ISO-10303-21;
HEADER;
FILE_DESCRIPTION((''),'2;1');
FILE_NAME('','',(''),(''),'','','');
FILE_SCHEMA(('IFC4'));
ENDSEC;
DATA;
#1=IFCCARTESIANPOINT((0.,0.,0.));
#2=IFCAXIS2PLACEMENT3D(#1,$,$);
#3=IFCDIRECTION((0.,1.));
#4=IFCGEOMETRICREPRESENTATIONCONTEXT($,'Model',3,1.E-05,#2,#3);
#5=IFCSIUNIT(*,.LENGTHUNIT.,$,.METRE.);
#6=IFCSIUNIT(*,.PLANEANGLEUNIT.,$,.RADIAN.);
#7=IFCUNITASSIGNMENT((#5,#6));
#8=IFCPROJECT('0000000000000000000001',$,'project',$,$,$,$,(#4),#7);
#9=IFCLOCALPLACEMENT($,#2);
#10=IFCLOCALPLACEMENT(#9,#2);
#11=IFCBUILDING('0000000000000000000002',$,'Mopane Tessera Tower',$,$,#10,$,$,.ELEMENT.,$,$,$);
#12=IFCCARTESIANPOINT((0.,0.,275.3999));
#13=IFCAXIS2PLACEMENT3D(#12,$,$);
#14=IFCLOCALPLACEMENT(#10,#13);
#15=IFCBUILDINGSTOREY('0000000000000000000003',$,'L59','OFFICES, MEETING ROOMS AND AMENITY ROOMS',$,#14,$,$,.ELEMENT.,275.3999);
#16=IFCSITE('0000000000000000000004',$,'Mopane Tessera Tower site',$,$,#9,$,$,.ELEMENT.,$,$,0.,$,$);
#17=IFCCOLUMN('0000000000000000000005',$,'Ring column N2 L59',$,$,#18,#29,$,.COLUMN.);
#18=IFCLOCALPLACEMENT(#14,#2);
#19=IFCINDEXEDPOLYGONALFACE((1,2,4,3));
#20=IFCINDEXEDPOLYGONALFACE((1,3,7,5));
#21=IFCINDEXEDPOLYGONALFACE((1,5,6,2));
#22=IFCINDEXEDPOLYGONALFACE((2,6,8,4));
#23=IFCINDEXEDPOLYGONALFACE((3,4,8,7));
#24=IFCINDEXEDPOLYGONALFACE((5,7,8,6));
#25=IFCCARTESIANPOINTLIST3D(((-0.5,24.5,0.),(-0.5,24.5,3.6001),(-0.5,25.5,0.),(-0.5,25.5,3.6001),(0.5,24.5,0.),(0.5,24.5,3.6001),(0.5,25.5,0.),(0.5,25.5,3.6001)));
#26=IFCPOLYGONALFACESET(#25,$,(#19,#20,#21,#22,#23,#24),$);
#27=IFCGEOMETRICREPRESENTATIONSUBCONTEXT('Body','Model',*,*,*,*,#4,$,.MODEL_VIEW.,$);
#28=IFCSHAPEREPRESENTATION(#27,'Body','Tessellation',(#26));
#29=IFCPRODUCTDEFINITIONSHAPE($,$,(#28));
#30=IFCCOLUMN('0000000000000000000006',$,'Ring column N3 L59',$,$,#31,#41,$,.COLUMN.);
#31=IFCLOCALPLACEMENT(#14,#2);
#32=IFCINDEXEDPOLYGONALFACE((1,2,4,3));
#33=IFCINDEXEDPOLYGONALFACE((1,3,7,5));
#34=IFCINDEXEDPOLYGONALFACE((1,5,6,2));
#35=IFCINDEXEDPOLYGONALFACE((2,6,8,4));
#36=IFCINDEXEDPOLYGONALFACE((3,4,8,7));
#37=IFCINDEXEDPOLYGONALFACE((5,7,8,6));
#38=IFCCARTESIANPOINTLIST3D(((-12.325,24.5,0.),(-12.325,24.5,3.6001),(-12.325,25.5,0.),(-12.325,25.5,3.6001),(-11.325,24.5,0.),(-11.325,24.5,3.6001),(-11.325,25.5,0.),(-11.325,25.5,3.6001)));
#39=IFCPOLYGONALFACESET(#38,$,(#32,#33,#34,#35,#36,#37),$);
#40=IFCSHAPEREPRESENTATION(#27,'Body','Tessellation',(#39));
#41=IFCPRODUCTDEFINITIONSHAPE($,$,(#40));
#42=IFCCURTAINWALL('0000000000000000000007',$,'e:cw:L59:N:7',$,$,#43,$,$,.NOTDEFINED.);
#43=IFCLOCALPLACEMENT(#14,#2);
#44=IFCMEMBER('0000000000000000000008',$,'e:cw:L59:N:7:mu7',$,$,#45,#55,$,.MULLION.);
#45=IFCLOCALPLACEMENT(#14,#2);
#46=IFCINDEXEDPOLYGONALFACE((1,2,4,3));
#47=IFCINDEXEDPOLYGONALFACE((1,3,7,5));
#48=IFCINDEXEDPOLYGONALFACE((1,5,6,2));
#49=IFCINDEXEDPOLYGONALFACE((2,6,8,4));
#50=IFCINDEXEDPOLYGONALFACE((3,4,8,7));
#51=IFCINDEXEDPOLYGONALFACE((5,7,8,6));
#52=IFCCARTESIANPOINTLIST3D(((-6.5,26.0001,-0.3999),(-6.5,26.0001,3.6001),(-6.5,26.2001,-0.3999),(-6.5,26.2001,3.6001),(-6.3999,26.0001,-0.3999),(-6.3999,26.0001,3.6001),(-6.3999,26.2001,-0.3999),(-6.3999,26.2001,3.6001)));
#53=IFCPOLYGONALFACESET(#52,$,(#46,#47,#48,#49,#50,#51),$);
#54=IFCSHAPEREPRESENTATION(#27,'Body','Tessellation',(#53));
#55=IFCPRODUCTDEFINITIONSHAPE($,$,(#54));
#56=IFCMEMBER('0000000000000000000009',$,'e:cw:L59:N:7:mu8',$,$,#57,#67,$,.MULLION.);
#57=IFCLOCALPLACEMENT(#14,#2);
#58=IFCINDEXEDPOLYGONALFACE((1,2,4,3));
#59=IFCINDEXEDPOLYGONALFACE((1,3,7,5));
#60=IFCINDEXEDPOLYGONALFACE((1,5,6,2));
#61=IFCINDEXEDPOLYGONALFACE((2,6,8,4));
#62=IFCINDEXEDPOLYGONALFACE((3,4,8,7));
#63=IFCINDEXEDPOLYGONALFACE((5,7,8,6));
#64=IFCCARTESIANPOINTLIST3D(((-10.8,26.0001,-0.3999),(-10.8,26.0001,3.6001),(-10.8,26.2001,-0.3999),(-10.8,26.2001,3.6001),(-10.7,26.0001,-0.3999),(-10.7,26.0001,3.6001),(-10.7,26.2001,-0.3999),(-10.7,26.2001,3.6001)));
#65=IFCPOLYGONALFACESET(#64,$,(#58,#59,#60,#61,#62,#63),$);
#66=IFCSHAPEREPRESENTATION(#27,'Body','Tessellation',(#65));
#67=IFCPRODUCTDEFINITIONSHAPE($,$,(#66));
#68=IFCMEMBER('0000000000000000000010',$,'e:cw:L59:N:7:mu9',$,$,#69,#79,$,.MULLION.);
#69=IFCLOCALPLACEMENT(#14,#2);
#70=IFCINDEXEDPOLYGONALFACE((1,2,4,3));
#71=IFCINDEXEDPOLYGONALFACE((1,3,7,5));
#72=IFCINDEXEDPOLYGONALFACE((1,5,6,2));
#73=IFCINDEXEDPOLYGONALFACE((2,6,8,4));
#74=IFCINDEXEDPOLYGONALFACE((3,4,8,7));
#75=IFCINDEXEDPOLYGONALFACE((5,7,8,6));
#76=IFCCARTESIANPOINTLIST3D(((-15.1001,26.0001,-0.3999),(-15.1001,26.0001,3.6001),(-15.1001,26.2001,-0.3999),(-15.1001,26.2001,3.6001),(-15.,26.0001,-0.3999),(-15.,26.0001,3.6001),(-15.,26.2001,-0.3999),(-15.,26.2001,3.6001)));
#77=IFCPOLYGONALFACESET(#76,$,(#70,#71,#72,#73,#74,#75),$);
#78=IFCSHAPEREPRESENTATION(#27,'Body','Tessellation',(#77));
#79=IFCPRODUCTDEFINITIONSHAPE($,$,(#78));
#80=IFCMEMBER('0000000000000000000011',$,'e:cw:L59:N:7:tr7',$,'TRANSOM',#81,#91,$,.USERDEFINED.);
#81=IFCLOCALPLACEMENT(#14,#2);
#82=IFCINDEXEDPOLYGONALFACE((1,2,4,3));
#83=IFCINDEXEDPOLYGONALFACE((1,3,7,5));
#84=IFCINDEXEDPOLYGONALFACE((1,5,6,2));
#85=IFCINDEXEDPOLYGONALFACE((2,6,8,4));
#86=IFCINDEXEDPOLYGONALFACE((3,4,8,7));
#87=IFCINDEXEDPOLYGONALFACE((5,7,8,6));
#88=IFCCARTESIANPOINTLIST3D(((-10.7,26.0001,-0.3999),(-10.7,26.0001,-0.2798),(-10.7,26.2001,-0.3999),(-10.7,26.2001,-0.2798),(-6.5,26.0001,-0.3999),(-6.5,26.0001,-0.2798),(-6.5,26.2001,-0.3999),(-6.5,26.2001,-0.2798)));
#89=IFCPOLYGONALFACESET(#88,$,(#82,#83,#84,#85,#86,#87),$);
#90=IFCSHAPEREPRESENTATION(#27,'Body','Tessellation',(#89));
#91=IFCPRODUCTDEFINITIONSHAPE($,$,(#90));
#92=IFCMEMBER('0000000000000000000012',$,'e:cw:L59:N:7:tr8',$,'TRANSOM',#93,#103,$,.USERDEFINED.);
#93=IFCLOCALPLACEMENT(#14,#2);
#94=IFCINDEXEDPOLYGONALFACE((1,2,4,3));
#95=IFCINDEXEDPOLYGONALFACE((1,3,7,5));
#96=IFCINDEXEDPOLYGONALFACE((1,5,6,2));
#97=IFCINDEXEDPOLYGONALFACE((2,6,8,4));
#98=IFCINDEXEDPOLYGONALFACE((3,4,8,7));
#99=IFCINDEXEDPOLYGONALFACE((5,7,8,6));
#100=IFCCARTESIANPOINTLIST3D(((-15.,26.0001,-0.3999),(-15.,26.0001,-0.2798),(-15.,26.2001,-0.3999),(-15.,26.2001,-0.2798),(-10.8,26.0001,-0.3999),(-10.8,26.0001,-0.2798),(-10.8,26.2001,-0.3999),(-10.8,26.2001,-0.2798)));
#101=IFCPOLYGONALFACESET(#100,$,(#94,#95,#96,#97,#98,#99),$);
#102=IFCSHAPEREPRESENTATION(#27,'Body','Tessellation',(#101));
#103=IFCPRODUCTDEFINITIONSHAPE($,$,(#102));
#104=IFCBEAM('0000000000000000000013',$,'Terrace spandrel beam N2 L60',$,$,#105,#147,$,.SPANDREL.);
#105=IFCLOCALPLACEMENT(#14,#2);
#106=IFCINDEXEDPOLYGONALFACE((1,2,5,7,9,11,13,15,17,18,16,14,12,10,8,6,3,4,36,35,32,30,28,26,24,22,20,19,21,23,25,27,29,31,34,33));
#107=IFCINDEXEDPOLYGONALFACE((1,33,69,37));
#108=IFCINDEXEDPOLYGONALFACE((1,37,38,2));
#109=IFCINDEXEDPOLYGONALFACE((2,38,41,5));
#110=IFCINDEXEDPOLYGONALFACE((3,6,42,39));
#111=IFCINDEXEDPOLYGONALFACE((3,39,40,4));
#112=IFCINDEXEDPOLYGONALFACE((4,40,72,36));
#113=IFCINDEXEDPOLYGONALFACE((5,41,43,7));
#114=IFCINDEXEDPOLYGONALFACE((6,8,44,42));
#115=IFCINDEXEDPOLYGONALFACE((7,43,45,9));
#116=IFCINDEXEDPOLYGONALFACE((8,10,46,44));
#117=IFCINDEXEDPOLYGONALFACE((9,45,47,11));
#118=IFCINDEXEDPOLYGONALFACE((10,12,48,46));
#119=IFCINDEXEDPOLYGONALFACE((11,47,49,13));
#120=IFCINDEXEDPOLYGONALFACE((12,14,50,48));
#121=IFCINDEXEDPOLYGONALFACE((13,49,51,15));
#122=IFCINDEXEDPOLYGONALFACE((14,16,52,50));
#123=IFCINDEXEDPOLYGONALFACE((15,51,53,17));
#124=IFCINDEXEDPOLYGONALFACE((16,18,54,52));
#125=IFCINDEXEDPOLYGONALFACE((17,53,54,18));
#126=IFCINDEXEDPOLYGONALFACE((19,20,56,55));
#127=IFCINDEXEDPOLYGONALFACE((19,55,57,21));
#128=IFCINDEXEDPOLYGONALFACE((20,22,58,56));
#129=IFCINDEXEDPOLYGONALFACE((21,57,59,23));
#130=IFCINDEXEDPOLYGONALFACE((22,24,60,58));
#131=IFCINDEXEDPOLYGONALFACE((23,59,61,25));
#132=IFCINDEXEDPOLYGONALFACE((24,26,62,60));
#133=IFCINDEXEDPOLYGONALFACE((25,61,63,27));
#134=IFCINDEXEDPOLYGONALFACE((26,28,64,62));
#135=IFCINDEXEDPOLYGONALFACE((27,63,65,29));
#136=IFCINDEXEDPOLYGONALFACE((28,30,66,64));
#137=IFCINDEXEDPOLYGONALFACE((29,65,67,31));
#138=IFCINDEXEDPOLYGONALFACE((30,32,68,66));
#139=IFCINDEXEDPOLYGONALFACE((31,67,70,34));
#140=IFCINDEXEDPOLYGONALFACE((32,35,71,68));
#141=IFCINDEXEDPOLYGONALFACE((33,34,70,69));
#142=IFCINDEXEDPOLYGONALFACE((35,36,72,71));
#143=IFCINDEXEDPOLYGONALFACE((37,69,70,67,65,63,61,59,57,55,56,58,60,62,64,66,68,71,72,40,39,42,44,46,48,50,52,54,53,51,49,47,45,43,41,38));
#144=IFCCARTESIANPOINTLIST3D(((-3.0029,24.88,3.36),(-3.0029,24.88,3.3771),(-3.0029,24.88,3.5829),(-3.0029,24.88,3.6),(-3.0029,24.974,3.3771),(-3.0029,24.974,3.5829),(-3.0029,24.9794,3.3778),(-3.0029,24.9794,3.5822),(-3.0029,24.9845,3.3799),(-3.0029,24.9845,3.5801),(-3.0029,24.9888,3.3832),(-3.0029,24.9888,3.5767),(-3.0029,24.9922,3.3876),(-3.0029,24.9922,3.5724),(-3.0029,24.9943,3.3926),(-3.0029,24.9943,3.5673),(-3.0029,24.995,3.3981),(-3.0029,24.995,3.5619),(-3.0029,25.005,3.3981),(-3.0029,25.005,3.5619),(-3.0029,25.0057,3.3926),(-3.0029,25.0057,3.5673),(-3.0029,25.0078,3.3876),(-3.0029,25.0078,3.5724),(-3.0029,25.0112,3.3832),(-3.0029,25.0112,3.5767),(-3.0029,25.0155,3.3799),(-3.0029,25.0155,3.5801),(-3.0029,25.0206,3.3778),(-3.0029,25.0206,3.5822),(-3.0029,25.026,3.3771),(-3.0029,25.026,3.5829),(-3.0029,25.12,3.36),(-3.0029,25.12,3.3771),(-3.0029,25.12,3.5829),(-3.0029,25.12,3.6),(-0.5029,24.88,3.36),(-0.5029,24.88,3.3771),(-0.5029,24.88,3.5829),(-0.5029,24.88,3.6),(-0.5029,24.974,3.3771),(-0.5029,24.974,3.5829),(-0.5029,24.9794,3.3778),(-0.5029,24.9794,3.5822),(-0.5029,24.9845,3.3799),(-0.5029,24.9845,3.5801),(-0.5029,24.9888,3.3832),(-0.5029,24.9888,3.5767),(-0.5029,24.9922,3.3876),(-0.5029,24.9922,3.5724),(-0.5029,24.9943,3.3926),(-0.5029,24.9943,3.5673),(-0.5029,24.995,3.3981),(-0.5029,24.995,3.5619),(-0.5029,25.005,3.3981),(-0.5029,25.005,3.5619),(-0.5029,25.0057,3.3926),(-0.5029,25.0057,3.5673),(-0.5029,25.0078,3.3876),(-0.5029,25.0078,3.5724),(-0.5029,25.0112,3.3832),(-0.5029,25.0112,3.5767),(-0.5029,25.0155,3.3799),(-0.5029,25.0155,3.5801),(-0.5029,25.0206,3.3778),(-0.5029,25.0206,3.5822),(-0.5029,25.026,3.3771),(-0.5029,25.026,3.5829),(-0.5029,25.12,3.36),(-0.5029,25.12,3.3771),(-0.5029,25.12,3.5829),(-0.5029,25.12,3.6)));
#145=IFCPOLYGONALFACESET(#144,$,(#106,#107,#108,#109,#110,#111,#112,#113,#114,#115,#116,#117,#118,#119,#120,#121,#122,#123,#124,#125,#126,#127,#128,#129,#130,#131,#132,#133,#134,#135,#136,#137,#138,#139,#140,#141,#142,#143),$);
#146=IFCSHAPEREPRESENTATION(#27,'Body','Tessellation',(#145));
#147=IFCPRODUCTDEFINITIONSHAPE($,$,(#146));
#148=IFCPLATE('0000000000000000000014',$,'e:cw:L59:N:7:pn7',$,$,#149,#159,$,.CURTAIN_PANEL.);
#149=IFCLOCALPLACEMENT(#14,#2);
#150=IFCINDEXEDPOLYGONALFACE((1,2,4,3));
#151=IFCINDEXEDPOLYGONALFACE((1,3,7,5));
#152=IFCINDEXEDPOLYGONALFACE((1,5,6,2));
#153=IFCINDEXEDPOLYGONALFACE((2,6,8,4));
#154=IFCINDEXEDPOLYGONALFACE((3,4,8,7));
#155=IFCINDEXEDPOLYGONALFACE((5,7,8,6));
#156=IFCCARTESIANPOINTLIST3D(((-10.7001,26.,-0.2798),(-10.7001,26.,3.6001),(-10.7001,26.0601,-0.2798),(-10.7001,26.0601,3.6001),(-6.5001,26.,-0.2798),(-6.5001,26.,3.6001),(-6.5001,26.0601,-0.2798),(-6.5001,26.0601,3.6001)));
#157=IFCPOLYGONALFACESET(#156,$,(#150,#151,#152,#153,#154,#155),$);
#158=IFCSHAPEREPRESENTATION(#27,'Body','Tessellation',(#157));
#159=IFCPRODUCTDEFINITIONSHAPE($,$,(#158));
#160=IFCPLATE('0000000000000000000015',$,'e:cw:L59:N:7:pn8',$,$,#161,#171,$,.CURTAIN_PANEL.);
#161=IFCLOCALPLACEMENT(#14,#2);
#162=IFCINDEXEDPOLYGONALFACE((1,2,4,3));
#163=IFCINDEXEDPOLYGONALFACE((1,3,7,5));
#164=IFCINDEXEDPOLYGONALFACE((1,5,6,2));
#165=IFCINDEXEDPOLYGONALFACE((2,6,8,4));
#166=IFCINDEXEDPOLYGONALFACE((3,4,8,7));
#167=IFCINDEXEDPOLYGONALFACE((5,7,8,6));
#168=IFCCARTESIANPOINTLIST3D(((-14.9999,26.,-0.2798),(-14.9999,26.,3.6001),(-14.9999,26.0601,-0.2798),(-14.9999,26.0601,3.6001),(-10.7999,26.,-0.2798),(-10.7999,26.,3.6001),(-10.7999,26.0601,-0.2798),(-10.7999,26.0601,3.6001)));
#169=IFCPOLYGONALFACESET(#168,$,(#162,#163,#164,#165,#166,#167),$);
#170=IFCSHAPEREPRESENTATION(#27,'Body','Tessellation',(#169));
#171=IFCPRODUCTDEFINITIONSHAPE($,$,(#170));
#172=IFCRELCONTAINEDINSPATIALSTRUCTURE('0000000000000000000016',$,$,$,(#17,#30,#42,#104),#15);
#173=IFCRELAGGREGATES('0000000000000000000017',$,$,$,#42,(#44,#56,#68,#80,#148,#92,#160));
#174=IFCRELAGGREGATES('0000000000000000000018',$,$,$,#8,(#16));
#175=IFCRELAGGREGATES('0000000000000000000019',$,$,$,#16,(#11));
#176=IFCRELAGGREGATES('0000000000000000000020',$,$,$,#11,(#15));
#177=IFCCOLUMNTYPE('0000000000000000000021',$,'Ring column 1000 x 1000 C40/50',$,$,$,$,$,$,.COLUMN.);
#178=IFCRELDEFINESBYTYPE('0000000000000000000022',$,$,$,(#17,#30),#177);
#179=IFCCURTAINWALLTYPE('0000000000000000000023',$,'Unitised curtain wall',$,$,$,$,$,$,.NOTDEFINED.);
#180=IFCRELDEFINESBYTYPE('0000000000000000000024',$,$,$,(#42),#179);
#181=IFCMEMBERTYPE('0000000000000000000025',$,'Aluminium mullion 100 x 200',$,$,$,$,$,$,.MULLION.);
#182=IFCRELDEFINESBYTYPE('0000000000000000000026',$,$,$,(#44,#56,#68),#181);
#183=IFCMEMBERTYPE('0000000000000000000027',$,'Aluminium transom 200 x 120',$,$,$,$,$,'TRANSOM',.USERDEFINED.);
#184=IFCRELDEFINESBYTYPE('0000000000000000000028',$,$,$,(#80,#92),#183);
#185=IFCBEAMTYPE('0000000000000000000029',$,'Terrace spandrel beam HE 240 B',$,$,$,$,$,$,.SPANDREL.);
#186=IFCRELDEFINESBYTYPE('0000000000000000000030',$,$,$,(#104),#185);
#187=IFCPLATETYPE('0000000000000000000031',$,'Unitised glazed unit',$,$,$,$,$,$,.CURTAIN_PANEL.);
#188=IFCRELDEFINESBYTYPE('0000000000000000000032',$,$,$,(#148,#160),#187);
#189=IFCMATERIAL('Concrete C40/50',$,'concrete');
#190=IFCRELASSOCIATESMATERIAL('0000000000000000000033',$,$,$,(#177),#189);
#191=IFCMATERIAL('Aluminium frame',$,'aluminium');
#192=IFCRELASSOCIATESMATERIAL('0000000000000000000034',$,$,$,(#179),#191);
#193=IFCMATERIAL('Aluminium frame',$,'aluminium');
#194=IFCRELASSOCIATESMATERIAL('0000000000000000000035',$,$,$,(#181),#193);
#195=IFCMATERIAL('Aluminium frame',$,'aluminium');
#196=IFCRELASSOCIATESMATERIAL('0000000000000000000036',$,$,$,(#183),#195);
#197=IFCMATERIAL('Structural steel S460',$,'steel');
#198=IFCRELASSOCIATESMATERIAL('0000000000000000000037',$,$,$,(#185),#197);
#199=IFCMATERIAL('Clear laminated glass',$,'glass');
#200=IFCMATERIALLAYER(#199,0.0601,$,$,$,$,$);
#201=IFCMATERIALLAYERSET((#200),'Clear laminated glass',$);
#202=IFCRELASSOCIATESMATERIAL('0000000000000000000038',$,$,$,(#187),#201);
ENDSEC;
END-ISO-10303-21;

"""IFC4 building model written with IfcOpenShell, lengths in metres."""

from ifc_helpers import new_model, si_unit, direction, frame, origin, origin_2d, place, context, subcontext, project, spatial, rectangle, i_section, extrude, material, layer, layer_set, material_profile, profile_set, type_object, element, aggregate, save


model = new_model("IFC4")

# Units and contexts
model_context = context("Model", 3, precision=1e-05, world=origin(), true_north=direction((0.0, 1.0)))
body_context = subcontext(model_context, "Body", "Model", "MODEL_VIEW")
ifc_project = project(units=[si_unit("LENGTHUNIT", "METRE"), si_unit("PLANEANGLEUNIT", "RADIAN")], contexts=[model_context])

# Site, building, storey
site_placement = place(None, origin())
site = spatial("IfcSite", under=ifc_project, at=site_placement, Name="Mopane Tessera Tower site", CompositionType="ELEMENT", RefElevation=0.0)
building_placement = place(site_placement, origin())
building = spatial("IfcBuilding", under=site, at=building_placement, Name="Mopane Tessera Tower", CompositionType="ELEMENT")
storey_placement = place(building_placement, frame((0.0, 0.0, 275.3999)))
storey = spatial("IfcBuildingStorey", under=building, at=storey_placement, Name="L59", Description="OFFICES, MEETING ROOMS AND AMENITY ROOMS", CompositionType="ELEMENT", Elevation=275.3999)

# Columns
ifc_material_1 = material(Name="Concrete C40/50", Category="concrete")
ifc_material_profile_1 = material_profile(ifc_material_1, rectangle(XDim=1.0, YDim=1.0, at=origin_2d()))
ifc_profile_set_1 = profile_set([ifc_material_profile_1], Name="Concrete C40/50")
column_type = type_object("IfcColumnType", Name="Ring column 1000 x 1000 C40/50", PredefinedType="COLUMN", material=ifc_profile_set_1)
for number, where, z_axis, x_axis, name in (
    (1, (0.0, 25.0, 0.0), (0.0, 0.0, 1.0), (1.0, 0.0, 0.0), "Ring column N2 L59"),
    (2, (-11.825, 25.0, 0.0), (0.0, 0.0, 1.0), (1.0, 0.0, 0.0), "Ring column N3 L59"),
):
    element("IfcColumn", number, at=place(storey_placement, frame(where, z_axis=z_axis, x_axis=x_axis)), inside=storey, type_object=column_type, Name=name, PredefinedType="COLUMN", context=body_context, shape_type="SweptSolid", body=[
        extrude(rectangle(XDim=1.0, YDim=1.0, at=origin_2d()), origin(), (0.0, 0.0, 1.0), 3.6001),
    ])

# Curtain wall, members
ifc_material_2 = material(Name="Aluminium frame", Category="aluminium")
curtain_wall_type = type_object("IfcCurtainWallType", Name="Unitised curtain wall", PredefinedType="NOTDEFINED", material=ifc_material_2)
curtain_wall_placement = place(storey_placement, origin())
curtain_wall = element("IfcCurtainWall", 3, at=curtain_wall_placement, inside=storey, type_object=curtain_wall_type, Name="e:cw:L59:N:7", PredefinedType="NOTDEFINED")
ifc_material_3 = material(Name="Aluminium frame", Category="aluminium")
ifc_material_profile_2 = material_profile(ifc_material_3, rectangle(XDim=0.1001, YDim=0.2, at=origin_2d()))
ifc_profile_set_2 = profile_set([ifc_material_profile_2], Name="Aluminium frame")
member_type_1 = type_object("IfcMemberType", Name="Aluminium mullion 100 x 200", PredefinedType="MULLION", material=ifc_profile_set_2)
member_1_placement = place(storey_placement, frame((-6.45, 26.1001, -0.3999), z_axis=(0.0, 0.0, 1.0), x_axis=(-1.0, 0.0, 0.0)))
member_1 = element("IfcMember", 4, at=member_1_placement, type_object=member_type_1, Name="e:cw:L59:N:7:mu7", PredefinedType="MULLION", context=body_context, shape_type="SweptSolid", body=[
    extrude(rectangle(XDim=0.1001, YDim=0.2, at=origin_2d()), origin(), (0.0, 0.0, 1.0), 4.0),
])
member_2_placement = place(storey_placement, frame((-10.75, 26.1001, -0.3999), z_axis=(0.0, 0.0, 1.0), x_axis=(-1.0, 0.0, 0.0)))
member_2 = element("IfcMember", 5, at=member_2_placement, type_object=member_type_1, Name="e:cw:L59:N:7:mu8", PredefinedType="MULLION", context=body_context, shape_type="SweptSolid", body=[
    extrude(rectangle(XDim=0.1001, YDim=0.2, at=origin_2d()), origin(), (0.0, 0.0, 1.0), 4.0),
])
member_3_placement = place(storey_placement, frame((-15.05, 26.1001, -0.3999), z_axis=(0.0, 0.0, 1.0), x_axis=(-1.0, 0.0, 0.0)))
member_3 = element("IfcMember", 6, at=member_3_placement, type_object=member_type_1, Name="e:cw:L59:N:7:mu9", PredefinedType="MULLION", context=body_context, shape_type="SweptSolid", body=[
    extrude(rectangle(XDim=0.1001, YDim=0.2, at=origin_2d()), origin(), (0.0, 0.0, 1.0), 4.0),
])
ifc_material_4 = material(Name="Aluminium frame", Category="aluminium")
ifc_material_profile_3 = material_profile(ifc_material_4, rectangle(XDim=0.2, YDim=0.1201, at=origin_2d()))
ifc_profile_set_3 = profile_set([ifc_material_profile_3], Name="Aluminium frame")
member_type_2 = type_object("IfcMemberType", Name="Aluminium transom 200 x 120", ElementType="TRANSOM", PredefinedType="USERDEFINED", material=ifc_profile_set_3)
member_4_placement = place(storey_placement, frame((-6.5, 26.1001, -0.3398), z_axis=(-1.0, 0.0, 0.0), x_axis=(0.0, -1.0, 0.0)))
member_4 = element("IfcMember", 7, at=member_4_placement, type_object=member_type_2, Name="e:cw:L59:N:7:tr7", ObjectType="TRANSOM", PredefinedType="USERDEFINED", context=body_context, shape_type="SweptSolid", body=[
    extrude(rectangle(XDim=0.2, YDim=0.1201, at=origin_2d()), origin(), (0.0, 0.0, 1.0), 4.2),
])
member_5_placement = place(storey_placement, frame((-10.8, 26.1001, -0.3398), z_axis=(-1.0, 0.0, 0.0), x_axis=(0.0, -1.0, 0.0)))
member_5 = element("IfcMember", 8, at=member_5_placement, type_object=member_type_2, Name="e:cw:L59:N:7:tr8", ObjectType="TRANSOM", PredefinedType="USERDEFINED", context=body_context, shape_type="SweptSolid", body=[
    extrude(rectangle(XDim=0.2, YDim=0.1201, at=origin_2d()), origin(), (0.0, 0.0, 1.0), 4.2),
])

# Beam
ifc_material_5 = material(Name="Structural steel S460", Category="steel")
ifc_material_profile_4 = material_profile(ifc_material_5, i_section(OverallWidth=0.24, OverallDepth=0.24, WebThickness=0.01, FlangeThickness=0.0171, FilletRadius=0.021, at=origin_2d()))
ifc_profile_set_4 = profile_set([ifc_material_profile_4], Name="Structural steel S460")
beam_type = type_object("IfcBeamType", Name="Terrace spandrel beam HE 240 B", PredefinedType="SPANDREL", material=ifc_profile_set_4)
beam_placement = place(storey_placement, frame((-0.5029, 25.0, 3.48), z_axis=(-1.0, 0.0, 0.0), x_axis=(0.0, -1.0, 0.0)))
element("IfcBeam", 9, at=beam_placement, inside=storey, type_object=beam_type, Name="Terrace spandrel beam N2 L60", PredefinedType="SPANDREL", context=body_context, shape_type="SweptSolid", body=[
    extrude(i_section(OverallWidth=0.24, OverallDepth=0.24, WebThickness=0.01, FlangeThickness=0.0171, FilletRadius=0.021, at=origin_2d()), origin(), (0.0, 0.0, 1.0), 2.5),
])

# Plates
ifc_material_6 = material(Name="Clear laminated glass", Category="glass")
ifc_layer_1 = layer(ifc_material_6, 0.0601)
ifc_layer_set_1 = layer_set([ifc_layer_1], Name="Clear laminated glass")
plate_type = type_object("IfcPlateType", Name="Unitised glazed unit", PredefinedType="CURTAIN_PANEL", material=ifc_layer_set_1)
plate_1_placement = place(storey_placement, frame((-8.6001, 26.03, -0.2798), z_axis=(0.0, 0.0, 1.0), x_axis=(-1.0, 0.0, 0.0)))
plate_1 = element("IfcPlate", 10, at=plate_1_placement, type_object=plate_type, Name="e:cw:L59:N:7:pn7", PredefinedType="CURTAIN_PANEL", context=body_context, shape_type="SweptSolid", body=[
    extrude(rectangle(XDim=4.2, YDim=0.0601, at=origin_2d()), origin(), (0.0, 0.0, 1.0), 3.8799),
])
plate_2_placement = place(storey_placement, frame((-12.8999, 26.03, -0.2798), z_axis=(0.0, 0.0, 1.0), x_axis=(-1.0, 0.0, 0.0)))
plate_2 = element("IfcPlate", 11, at=plate_2_placement, type_object=plate_type, Name="e:cw:L59:N:7:pn8", PredefinedType="CURTAIN_PANEL", context=body_context, shape_type="SweptSolid", body=[
    extrude(rectangle(XDim=4.2, YDim=0.0601, at=origin_2d()), origin(), (0.0, 0.0, 1.0), 3.8799),
])
aggregate(curtain_wall, [member_1, member_2, member_3, member_4, plate_1, member_5, plate_2])

save(model, "model.ifc")
